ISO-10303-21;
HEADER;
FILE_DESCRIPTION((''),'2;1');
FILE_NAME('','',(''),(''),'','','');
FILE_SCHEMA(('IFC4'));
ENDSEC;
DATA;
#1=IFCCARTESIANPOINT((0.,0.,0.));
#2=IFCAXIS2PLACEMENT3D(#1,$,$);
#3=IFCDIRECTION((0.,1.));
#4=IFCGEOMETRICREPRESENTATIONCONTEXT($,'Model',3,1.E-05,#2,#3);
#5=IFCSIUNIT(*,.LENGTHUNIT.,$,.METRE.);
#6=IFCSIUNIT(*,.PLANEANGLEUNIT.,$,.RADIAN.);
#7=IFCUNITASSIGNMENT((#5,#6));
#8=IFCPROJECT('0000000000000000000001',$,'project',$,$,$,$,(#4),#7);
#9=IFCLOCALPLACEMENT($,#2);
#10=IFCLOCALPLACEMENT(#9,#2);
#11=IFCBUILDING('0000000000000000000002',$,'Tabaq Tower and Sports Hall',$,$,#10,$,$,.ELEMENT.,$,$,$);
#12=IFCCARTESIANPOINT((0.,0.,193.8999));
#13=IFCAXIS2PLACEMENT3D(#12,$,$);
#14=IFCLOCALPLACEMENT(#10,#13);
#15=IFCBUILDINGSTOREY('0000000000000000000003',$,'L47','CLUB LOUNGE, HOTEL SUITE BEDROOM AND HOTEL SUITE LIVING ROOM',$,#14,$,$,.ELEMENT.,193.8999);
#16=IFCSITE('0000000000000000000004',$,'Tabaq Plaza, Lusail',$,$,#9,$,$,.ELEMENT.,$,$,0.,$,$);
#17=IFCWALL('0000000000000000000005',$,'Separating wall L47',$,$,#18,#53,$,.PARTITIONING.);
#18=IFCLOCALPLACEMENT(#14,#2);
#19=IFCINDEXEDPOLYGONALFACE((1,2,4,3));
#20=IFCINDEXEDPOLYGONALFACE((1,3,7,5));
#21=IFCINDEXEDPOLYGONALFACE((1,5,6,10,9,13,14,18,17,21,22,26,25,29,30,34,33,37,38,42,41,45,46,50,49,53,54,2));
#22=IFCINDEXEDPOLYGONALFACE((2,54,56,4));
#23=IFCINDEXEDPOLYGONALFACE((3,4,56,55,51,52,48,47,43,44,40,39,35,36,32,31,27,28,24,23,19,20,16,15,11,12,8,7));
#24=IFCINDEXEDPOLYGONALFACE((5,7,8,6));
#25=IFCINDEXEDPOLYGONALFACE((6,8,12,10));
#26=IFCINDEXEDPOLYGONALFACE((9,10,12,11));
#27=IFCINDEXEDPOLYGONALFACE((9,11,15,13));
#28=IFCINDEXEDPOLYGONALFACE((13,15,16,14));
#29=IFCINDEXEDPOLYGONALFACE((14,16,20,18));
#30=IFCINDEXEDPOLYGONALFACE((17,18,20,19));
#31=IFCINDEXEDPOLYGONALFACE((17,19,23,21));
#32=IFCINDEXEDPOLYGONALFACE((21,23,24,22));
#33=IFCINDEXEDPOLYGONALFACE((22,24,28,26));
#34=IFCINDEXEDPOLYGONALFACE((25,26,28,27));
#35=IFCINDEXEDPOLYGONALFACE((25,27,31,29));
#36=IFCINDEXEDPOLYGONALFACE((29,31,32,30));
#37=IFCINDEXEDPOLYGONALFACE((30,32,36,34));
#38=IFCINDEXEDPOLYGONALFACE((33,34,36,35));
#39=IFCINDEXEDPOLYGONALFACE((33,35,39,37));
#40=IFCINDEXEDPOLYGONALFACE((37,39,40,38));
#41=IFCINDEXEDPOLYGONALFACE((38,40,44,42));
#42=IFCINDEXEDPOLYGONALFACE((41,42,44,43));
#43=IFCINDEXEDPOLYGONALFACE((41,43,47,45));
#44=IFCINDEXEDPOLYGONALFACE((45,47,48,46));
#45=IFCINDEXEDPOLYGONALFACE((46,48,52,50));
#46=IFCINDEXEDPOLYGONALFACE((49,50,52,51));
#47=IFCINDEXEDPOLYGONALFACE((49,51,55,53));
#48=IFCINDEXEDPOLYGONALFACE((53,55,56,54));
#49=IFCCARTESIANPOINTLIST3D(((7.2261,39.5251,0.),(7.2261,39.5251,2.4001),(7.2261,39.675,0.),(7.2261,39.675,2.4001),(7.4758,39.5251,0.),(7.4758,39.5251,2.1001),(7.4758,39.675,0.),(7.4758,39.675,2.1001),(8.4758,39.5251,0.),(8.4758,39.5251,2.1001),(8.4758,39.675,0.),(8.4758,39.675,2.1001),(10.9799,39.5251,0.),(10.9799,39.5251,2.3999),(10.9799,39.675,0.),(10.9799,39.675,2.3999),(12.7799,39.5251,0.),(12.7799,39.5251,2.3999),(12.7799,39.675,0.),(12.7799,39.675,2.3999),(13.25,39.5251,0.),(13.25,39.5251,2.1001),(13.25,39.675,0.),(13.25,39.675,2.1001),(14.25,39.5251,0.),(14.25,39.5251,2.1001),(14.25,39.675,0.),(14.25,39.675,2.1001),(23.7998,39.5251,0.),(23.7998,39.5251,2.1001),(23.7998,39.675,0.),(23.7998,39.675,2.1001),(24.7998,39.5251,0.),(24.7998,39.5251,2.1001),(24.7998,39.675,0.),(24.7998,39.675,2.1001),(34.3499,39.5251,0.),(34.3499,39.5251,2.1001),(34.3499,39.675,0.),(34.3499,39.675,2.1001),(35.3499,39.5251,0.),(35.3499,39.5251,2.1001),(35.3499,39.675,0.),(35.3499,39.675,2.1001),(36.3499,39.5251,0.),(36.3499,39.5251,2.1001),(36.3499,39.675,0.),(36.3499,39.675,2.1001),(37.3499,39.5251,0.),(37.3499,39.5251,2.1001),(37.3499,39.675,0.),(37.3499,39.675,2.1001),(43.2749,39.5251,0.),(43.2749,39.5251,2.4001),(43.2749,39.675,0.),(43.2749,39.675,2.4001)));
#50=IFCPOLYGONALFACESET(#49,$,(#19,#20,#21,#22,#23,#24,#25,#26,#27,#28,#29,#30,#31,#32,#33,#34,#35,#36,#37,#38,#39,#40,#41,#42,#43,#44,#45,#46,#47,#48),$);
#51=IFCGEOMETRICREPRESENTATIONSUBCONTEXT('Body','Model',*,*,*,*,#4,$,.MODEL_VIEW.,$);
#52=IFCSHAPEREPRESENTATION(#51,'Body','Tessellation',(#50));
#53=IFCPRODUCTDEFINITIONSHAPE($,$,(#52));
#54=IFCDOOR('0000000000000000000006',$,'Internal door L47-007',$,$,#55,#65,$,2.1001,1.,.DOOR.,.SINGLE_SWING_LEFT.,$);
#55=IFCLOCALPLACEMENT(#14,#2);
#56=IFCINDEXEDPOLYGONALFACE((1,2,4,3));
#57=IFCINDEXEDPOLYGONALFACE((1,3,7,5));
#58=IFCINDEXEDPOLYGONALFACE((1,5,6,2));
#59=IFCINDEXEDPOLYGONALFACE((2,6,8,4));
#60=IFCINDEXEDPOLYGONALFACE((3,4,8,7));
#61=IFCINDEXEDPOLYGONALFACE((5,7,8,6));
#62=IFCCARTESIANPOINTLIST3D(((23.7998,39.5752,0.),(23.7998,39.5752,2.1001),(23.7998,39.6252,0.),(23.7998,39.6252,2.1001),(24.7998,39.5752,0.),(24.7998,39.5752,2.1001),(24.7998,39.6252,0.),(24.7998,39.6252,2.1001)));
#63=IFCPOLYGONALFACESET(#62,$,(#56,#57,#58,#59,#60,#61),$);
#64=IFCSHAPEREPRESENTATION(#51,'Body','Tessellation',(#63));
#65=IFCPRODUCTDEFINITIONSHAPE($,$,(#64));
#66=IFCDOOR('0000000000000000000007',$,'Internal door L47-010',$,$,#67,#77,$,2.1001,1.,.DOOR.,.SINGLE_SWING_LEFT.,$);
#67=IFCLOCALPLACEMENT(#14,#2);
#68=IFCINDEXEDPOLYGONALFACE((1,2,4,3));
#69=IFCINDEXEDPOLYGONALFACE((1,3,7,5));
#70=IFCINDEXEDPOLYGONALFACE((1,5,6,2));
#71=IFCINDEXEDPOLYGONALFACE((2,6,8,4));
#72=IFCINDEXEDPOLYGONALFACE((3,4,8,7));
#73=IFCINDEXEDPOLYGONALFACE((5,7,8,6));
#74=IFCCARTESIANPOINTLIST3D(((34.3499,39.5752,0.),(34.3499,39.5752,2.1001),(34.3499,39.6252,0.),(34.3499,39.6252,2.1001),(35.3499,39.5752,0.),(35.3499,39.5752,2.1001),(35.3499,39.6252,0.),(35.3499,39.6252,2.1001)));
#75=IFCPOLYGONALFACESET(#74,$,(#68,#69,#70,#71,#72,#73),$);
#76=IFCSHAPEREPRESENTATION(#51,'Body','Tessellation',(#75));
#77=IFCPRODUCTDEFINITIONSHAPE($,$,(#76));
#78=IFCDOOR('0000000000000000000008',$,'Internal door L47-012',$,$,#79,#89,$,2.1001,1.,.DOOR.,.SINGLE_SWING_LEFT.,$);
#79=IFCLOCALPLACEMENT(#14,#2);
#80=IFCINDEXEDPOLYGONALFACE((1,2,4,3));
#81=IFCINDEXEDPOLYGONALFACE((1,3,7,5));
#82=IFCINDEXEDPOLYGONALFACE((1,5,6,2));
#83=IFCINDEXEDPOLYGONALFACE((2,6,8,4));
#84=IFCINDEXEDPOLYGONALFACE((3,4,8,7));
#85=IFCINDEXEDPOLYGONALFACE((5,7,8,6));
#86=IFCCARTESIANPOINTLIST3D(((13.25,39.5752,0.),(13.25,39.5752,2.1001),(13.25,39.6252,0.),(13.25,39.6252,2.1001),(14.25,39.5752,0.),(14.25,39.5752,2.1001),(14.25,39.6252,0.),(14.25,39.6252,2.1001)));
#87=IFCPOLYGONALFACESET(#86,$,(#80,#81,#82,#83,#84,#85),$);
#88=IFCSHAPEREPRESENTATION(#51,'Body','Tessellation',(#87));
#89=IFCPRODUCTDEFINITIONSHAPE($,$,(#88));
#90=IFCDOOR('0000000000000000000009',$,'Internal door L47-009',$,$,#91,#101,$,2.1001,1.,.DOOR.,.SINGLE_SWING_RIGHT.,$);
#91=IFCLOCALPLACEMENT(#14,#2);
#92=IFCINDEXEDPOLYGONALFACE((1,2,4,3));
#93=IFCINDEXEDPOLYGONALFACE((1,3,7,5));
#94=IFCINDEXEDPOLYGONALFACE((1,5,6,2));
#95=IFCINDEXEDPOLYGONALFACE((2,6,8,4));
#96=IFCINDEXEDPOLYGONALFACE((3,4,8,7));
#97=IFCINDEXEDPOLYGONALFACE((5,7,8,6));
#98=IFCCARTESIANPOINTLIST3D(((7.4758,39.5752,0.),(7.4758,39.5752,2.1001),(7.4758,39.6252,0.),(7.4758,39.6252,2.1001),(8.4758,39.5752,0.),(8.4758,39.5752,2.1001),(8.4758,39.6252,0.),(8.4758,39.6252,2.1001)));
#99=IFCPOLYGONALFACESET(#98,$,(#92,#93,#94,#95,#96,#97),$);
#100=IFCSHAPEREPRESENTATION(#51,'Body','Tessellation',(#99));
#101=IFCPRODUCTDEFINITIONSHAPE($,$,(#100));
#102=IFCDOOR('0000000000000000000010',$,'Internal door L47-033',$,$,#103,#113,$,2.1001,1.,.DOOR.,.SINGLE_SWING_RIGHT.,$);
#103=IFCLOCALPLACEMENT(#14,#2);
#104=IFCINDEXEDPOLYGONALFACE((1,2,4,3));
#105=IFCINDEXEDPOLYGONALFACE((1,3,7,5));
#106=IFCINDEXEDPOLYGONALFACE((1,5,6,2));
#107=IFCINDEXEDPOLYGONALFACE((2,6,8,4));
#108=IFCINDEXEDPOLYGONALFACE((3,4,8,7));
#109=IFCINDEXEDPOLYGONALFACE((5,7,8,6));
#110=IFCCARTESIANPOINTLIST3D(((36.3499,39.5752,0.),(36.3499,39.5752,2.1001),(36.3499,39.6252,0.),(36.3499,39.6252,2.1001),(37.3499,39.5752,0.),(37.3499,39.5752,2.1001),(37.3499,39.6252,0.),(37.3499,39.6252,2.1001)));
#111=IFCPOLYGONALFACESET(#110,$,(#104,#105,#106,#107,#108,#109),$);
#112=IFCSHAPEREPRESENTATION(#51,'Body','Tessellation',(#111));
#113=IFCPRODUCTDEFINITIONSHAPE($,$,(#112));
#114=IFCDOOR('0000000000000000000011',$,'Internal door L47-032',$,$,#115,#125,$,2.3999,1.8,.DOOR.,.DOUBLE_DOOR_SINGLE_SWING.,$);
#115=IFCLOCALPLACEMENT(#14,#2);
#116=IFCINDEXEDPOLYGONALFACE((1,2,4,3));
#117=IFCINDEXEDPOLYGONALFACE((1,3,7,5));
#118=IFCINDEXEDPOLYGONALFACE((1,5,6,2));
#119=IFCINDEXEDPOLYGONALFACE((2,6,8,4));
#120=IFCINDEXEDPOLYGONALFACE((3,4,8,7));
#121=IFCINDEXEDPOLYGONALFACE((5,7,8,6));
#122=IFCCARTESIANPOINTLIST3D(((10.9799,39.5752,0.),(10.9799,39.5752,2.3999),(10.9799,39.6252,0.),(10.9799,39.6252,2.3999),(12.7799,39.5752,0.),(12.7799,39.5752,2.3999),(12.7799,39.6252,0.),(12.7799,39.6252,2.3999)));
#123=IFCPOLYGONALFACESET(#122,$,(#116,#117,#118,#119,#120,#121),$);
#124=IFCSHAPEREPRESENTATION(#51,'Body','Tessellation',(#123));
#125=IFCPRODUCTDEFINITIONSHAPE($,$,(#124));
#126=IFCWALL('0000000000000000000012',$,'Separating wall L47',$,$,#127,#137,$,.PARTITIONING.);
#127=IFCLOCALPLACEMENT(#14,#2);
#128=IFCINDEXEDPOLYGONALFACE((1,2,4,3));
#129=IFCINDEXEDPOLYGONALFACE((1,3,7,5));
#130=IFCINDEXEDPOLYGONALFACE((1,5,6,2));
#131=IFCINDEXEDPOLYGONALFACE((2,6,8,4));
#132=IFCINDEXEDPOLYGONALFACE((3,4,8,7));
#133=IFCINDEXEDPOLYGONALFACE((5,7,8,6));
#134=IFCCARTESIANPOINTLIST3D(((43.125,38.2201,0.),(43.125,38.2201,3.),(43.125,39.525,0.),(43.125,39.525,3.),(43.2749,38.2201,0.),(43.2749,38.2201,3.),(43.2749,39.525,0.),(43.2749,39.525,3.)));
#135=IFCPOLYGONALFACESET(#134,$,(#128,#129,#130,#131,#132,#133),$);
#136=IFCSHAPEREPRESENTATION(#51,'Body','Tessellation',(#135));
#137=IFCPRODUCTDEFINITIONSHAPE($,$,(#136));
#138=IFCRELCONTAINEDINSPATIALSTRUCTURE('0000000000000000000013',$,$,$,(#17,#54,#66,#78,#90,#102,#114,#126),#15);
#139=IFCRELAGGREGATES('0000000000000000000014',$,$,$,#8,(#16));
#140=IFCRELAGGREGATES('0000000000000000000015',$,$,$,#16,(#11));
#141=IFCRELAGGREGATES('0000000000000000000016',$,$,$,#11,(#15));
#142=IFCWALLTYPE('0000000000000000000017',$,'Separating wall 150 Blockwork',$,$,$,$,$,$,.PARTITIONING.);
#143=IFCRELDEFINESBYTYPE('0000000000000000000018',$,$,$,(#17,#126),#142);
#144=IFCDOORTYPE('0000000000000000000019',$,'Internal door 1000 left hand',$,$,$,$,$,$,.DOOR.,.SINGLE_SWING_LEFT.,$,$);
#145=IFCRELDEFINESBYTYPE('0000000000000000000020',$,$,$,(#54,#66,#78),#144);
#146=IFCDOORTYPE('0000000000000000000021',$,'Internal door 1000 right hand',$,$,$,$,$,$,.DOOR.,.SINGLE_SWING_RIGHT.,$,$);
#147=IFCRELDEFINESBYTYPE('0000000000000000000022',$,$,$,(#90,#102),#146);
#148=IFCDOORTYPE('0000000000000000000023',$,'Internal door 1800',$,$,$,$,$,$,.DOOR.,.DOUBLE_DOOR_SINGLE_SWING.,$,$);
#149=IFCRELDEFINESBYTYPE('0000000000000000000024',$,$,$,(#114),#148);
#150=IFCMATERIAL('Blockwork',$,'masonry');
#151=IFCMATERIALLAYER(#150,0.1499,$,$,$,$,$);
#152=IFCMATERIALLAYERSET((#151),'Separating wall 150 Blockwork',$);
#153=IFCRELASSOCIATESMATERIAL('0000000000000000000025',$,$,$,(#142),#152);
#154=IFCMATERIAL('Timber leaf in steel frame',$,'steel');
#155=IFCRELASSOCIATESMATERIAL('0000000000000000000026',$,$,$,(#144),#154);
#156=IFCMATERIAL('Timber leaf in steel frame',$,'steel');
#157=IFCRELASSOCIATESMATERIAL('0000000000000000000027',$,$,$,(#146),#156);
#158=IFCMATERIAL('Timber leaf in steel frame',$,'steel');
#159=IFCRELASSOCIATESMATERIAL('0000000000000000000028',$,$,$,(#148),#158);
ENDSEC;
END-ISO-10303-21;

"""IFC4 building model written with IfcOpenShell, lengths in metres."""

from ifc_helpers import new_model, si_unit, direction, frame, frame_2d, origin, place, context, subcontext, project, spatial, rectangle, extrude, material, layer, layer_set, type_object, element, fill, save


model = new_model("IFC4")

# Units and contexts
model_context = context("Model", 3, precision=1e-05, world=origin(), true_north=direction((0.0, 1.0)))
body_context = subcontext(model_context, "Body", "Model", "MODEL_VIEW")
ifc_project = project(units=[si_unit("LENGTHUNIT", "METRE"), si_unit("PLANEANGLEUNIT", "RADIAN")], contexts=[model_context])

# Site, building, storey
site_placement = place(None, origin())
site = spatial("IfcSite", under=ifc_project, at=site_placement, Name="Tabaq Plaza, Lusail", CompositionType="ELEMENT", RefElevation=0.0)
building_placement = place(site_placement, origin())
building = spatial("IfcBuilding", under=site, at=building_placement, Name="Tabaq Tower and Sports Hall", CompositionType="ELEMENT")
storey_placement = place(building_placement, frame((0.0, 0.0, 193.8999)))
storey = spatial("IfcBuildingStorey", under=building, at=storey_placement, Name="L47", Description="CLUB LOUNGE, HOTEL SUITE BEDROOM AND HOTEL SUITE LIVING ROOM", CompositionType="ELEMENT", Elevation=193.8999)

# Wall, openings, doors
ifc_material_1 = material(Name="Blockwork", Category="masonry")
ifc_layer_1 = layer(ifc_material_1, 0.1499)
ifc_layer_set_1 = layer_set([ifc_layer_1], Name="Separating wall 150 Blockwork")
wall_type = type_object("IfcWallType", Name="Separating wall 150 Blockwork", PredefinedType="PARTITIONING", material=ifc_layer_set_1)
wall_1_placement = place(storey_placement, frame((43.2749, 39.6001, 0.0), z_axis=(0.0, 0.0, 1.0), x_axis=(-1.0, 0.0, 0.0)))
wall_1 = element("IfcWall", 1, at=wall_1_placement, inside=storey, type_object=wall_type, Name="Separating wall L47", PredefinedType="PARTITIONING", context=body_context, shape_type="SweptSolid", body=[
    extrude(rectangle(XDim=36.0488, YDim=0.1499, at=frame_2d((18.0244, 0.0))), origin(), (0.0, 0.0, 1.0), 2.4001),
])
opening_1_placement = place(wall_1_placement, frame((18.4751, 0.0, 0.0)))
opening_1 = element("IfcOpeningElement", 2, at=opening_1_placement, cuts=wall_1, PredefinedType="OPENING", context=body_context, shape_type="SweptSolid", body=[
    extrude(rectangle(XDim=1.0, YDim=2.1001, at=frame_2d((0.5, 1.05))), frame((0.0, 0.075, 0.0), z_axis=(0.0, -1.0, 0.0), x_axis=(1.0, 0.0, 0.0)), (0.0, 0.0, 1.0), 0.1499),
])
opening_2_placement = place(wall_1_placement, frame((34.7991, 0.0, 0.0)))
opening_2 = element("IfcOpeningElement", 3, at=opening_2_placement, cuts=wall_1, PredefinedType="OPENING", context=body_context, shape_type="SweptSolid", body=[
    extrude(rectangle(XDim=1.0, YDim=2.1001, at=frame_2d((0.5, 1.05))), frame((0.0, 0.075, 0.0), z_axis=(0.0, -1.0, 0.0), x_axis=(1.0, 0.0, 0.0)), (0.0, 0.0, 1.0), 0.1499),
])
opening_3_placement = place(wall_1_placement, frame((7.925, 0.0, 0.0)))
opening_3 = element("IfcOpeningElement", 4, at=opening_3_placement, cuts=wall_1, PredefinedType="OPENING", context=body_context, shape_type="SweptSolid", body=[
    extrude(rectangle(XDim=1.0, YDim=2.1001, at=frame_2d((0.5, 1.05))), frame((0.0, 0.075, 0.0), z_axis=(0.0, -1.0, 0.0), x_axis=(1.0, 0.0, 0.0)), (0.0, 0.0, 1.0), 0.1499),
])
opening_4_placement = place(wall_1_placement, frame((29.0249, 0.0, 0.0)))
opening_4 = element("IfcOpeningElement", 5, at=opening_4_placement, cuts=wall_1, PredefinedType="OPENING", context=body_context, shape_type="SweptSolid", body=[
    extrude(rectangle(XDim=1.0, YDim=2.1001, at=frame_2d((0.5, 1.05))), frame((0.0, 0.075, 0.0), z_axis=(0.0, -1.0, 0.0), x_axis=(1.0, 0.0, 0.0)), (0.0, 0.0, 1.0), 0.1499),
])
opening_5_placement = place(wall_1_placement, frame((30.4951, 0.0, 0.0)))
opening_5 = element("IfcOpeningElement", 6, at=opening_5_placement, cuts=wall_1, PredefinedType="OPENING", context=body_context, shape_type="SweptSolid", body=[
    extrude(rectangle(XDim=1.8, YDim=2.3999, at=frame_2d((0.8999, 1.2))), frame((0.0, 0.075, 0.0), z_axis=(0.0, -1.0, 0.0), x_axis=(1.0, 0.0, 0.0)), (0.0, 0.0, 1.0), 0.1499),
])
opening_6_placement = place(wall_1_placement, frame((5.925, 0.0, 0.0)))
opening_6 = element("IfcOpeningElement", 7, at=opening_6_placement, cuts=wall_1, PredefinedType="OPENING", context=body_context, shape_type="SweptSolid", body=[
    extrude(rectangle(XDim=1.0, YDim=2.1001, at=frame_2d((0.5, 1.05))), frame((0.0, 0.075, 0.0), z_axis=(0.0, -1.0, 0.0), x_axis=(1.0, 0.0, 0.0)), (0.0, 0.0, 1.0), 0.1499),
])
ifc_material_2 = material(Name="Timber leaf in steel frame", Category="steel")
door_type_1 = type_object("IfcDoorType", Name="Internal door 1000 left hand", OperationType="SINGLE_SWING_LEFT", PredefinedType="DOOR", material=ifc_material_2)
door_1_placement = place(opening_1_placement, origin())
door_1 = element("IfcDoor", 8, at=door_1_placement, inside=storey, type_object=door_type_1, Name="Internal door L47-007", OperationType="SINGLE_SWING_LEFT", OverallHeight=2.1001, OverallWidth=1.0, PredefinedType="DOOR", context=body_context, shape_type="SweptSolid", body=[
    extrude(rectangle(XDim=1.0, YDim=2.1001, at=frame_2d((0.5, 1.05))), frame((0.0, 0.0249, 0.0), z_axis=(0.0, -1.0, 0.0), x_axis=(1.0, 0.0, 0.0)), (0.0, 0.0, 1.0), 0.05),
])
fill(opening_1, door_1)
door_2_placement = place(opening_3_placement, origin())
door_2 = element("IfcDoor", 9, at=door_2_placement, inside=storey, type_object=door_type_1, Name="Internal door L47-010", OperationType="SINGLE_SWING_LEFT", OverallHeight=2.1001, OverallWidth=1.0, PredefinedType="DOOR", context=body_context, shape_type="SweptSolid", body=[
    extrude(rectangle(XDim=1.0, YDim=2.1001, at=frame_2d((0.5, 1.05))), frame((0.0, 0.0249, 0.0), z_axis=(0.0, -1.0, 0.0), x_axis=(1.0, 0.0, 0.0)), (0.0, 0.0, 1.0), 0.05),
])
fill(opening_3, door_2)
door_3_placement = place(opening_4_placement, origin())
door_3 = element("IfcDoor", 10, at=door_3_placement, inside=storey, type_object=door_type_1, Name="Internal door L47-012", OperationType="SINGLE_SWING_LEFT", OverallHeight=2.1001, OverallWidth=1.0, PredefinedType="DOOR", context=body_context, shape_type="SweptSolid", body=[
    extrude(rectangle(XDim=1.0, YDim=2.1001, at=frame_2d((0.5, 1.05))), frame((0.0, 0.0249, 0.0), z_axis=(0.0, -1.0, 0.0), x_axis=(1.0, 0.0, 0.0)), (0.0, 0.0, 1.0), 0.05),
])
fill(opening_4, door_3)
ifc_material_3 = material(Name="Timber leaf in steel frame", Category="steel")
door_type_2 = type_object("IfcDoorType", Name="Internal door 1000 right hand", OperationType="SINGLE_SWING_RIGHT", PredefinedType="DOOR", material=ifc_material_3)
door_4_placement = place(opening_2_placement, origin())
door_4 = element("IfcDoor", 11, at=door_4_placement, inside=storey, type_object=door_type_2, Name="Internal door L47-009", OperationType="SINGLE_SWING_RIGHT", OverallHeight=2.1001, OverallWidth=1.0, PredefinedType="DOOR", context=body_context, shape_type="SweptSolid", body=[
    extrude(rectangle(XDim=1.0, YDim=2.1001, at=frame_2d((0.5, 1.05))), frame((0.0, 0.0249, 0.0), z_axis=(0.0, -1.0, 0.0), x_axis=(1.0, 0.0, 0.0)), (0.0, 0.0, 1.0), 0.05),
])
fill(opening_2, door_4)
door_5_placement = place(opening_6_placement, origin())
door_5 = element("IfcDoor", 12, at=door_5_placement, inside=storey, type_object=door_type_2, Name="Internal door L47-033", OperationType="SINGLE_SWING_RIGHT", OverallHeight=2.1001, OverallWidth=1.0, PredefinedType="DOOR", context=body_context, shape_type="SweptSolid", body=[
    extrude(rectangle(XDim=1.0, YDim=2.1001, at=frame_2d((0.5, 1.05))), frame((0.0, 0.0249, 0.0), z_axis=(0.0, -1.0, 0.0), x_axis=(1.0, 0.0, 0.0)), (0.0, 0.0, 1.0), 0.05),
])
fill(opening_6, door_5)
ifc_material_4 = material(Name="Timber leaf in steel frame", Category="steel")
door_type_3 = type_object("IfcDoorType", Name="Internal door 1800", OperationType="DOUBLE_DOOR_SINGLE_SWING", PredefinedType="DOOR", material=ifc_material_4)
door_6_placement = place(opening_5_placement, origin())
door_6 = element("IfcDoor", 13, at=door_6_placement, inside=storey, type_object=door_type_3, Name="Internal door L47-032", OperationType="DOUBLE_DOOR_SINGLE_SWING", OverallHeight=2.3999, OverallWidth=1.8, PredefinedType="DOOR", context=body_context, shape_type="SweptSolid", body=[
    extrude(rectangle(XDim=1.8, YDim=2.3999, at=frame_2d((0.8999, 1.2))), frame((0.0, 0.0249, 0.0), z_axis=(0.0, -1.0, 0.0), x_axis=(1.0, 0.0, 0.0)), (0.0, 0.0, 1.0), 0.05),
])
fill(opening_5, door_6)

# Wall
wall_2_placement = place(storey_placement, frame((43.2, 39.5249, 0.0), z_axis=(0.0, 0.0, 1.0), x_axis=(0.0, -1.0, 0.0)))
element("IfcWall", 14, at=wall_2_placement, inside=storey, type_object=wall_type, Name="Separating wall L47", PredefinedType="PARTITIONING", context=body_context, shape_type="SweptSolid", body=[
    extrude(rectangle(XDim=1.3049, YDim=0.1499, at=frame_2d((0.6523, 0.0))), origin(), (0.0, 0.0, 1.0), 3.0),
])

save(model, "model.ifc")
